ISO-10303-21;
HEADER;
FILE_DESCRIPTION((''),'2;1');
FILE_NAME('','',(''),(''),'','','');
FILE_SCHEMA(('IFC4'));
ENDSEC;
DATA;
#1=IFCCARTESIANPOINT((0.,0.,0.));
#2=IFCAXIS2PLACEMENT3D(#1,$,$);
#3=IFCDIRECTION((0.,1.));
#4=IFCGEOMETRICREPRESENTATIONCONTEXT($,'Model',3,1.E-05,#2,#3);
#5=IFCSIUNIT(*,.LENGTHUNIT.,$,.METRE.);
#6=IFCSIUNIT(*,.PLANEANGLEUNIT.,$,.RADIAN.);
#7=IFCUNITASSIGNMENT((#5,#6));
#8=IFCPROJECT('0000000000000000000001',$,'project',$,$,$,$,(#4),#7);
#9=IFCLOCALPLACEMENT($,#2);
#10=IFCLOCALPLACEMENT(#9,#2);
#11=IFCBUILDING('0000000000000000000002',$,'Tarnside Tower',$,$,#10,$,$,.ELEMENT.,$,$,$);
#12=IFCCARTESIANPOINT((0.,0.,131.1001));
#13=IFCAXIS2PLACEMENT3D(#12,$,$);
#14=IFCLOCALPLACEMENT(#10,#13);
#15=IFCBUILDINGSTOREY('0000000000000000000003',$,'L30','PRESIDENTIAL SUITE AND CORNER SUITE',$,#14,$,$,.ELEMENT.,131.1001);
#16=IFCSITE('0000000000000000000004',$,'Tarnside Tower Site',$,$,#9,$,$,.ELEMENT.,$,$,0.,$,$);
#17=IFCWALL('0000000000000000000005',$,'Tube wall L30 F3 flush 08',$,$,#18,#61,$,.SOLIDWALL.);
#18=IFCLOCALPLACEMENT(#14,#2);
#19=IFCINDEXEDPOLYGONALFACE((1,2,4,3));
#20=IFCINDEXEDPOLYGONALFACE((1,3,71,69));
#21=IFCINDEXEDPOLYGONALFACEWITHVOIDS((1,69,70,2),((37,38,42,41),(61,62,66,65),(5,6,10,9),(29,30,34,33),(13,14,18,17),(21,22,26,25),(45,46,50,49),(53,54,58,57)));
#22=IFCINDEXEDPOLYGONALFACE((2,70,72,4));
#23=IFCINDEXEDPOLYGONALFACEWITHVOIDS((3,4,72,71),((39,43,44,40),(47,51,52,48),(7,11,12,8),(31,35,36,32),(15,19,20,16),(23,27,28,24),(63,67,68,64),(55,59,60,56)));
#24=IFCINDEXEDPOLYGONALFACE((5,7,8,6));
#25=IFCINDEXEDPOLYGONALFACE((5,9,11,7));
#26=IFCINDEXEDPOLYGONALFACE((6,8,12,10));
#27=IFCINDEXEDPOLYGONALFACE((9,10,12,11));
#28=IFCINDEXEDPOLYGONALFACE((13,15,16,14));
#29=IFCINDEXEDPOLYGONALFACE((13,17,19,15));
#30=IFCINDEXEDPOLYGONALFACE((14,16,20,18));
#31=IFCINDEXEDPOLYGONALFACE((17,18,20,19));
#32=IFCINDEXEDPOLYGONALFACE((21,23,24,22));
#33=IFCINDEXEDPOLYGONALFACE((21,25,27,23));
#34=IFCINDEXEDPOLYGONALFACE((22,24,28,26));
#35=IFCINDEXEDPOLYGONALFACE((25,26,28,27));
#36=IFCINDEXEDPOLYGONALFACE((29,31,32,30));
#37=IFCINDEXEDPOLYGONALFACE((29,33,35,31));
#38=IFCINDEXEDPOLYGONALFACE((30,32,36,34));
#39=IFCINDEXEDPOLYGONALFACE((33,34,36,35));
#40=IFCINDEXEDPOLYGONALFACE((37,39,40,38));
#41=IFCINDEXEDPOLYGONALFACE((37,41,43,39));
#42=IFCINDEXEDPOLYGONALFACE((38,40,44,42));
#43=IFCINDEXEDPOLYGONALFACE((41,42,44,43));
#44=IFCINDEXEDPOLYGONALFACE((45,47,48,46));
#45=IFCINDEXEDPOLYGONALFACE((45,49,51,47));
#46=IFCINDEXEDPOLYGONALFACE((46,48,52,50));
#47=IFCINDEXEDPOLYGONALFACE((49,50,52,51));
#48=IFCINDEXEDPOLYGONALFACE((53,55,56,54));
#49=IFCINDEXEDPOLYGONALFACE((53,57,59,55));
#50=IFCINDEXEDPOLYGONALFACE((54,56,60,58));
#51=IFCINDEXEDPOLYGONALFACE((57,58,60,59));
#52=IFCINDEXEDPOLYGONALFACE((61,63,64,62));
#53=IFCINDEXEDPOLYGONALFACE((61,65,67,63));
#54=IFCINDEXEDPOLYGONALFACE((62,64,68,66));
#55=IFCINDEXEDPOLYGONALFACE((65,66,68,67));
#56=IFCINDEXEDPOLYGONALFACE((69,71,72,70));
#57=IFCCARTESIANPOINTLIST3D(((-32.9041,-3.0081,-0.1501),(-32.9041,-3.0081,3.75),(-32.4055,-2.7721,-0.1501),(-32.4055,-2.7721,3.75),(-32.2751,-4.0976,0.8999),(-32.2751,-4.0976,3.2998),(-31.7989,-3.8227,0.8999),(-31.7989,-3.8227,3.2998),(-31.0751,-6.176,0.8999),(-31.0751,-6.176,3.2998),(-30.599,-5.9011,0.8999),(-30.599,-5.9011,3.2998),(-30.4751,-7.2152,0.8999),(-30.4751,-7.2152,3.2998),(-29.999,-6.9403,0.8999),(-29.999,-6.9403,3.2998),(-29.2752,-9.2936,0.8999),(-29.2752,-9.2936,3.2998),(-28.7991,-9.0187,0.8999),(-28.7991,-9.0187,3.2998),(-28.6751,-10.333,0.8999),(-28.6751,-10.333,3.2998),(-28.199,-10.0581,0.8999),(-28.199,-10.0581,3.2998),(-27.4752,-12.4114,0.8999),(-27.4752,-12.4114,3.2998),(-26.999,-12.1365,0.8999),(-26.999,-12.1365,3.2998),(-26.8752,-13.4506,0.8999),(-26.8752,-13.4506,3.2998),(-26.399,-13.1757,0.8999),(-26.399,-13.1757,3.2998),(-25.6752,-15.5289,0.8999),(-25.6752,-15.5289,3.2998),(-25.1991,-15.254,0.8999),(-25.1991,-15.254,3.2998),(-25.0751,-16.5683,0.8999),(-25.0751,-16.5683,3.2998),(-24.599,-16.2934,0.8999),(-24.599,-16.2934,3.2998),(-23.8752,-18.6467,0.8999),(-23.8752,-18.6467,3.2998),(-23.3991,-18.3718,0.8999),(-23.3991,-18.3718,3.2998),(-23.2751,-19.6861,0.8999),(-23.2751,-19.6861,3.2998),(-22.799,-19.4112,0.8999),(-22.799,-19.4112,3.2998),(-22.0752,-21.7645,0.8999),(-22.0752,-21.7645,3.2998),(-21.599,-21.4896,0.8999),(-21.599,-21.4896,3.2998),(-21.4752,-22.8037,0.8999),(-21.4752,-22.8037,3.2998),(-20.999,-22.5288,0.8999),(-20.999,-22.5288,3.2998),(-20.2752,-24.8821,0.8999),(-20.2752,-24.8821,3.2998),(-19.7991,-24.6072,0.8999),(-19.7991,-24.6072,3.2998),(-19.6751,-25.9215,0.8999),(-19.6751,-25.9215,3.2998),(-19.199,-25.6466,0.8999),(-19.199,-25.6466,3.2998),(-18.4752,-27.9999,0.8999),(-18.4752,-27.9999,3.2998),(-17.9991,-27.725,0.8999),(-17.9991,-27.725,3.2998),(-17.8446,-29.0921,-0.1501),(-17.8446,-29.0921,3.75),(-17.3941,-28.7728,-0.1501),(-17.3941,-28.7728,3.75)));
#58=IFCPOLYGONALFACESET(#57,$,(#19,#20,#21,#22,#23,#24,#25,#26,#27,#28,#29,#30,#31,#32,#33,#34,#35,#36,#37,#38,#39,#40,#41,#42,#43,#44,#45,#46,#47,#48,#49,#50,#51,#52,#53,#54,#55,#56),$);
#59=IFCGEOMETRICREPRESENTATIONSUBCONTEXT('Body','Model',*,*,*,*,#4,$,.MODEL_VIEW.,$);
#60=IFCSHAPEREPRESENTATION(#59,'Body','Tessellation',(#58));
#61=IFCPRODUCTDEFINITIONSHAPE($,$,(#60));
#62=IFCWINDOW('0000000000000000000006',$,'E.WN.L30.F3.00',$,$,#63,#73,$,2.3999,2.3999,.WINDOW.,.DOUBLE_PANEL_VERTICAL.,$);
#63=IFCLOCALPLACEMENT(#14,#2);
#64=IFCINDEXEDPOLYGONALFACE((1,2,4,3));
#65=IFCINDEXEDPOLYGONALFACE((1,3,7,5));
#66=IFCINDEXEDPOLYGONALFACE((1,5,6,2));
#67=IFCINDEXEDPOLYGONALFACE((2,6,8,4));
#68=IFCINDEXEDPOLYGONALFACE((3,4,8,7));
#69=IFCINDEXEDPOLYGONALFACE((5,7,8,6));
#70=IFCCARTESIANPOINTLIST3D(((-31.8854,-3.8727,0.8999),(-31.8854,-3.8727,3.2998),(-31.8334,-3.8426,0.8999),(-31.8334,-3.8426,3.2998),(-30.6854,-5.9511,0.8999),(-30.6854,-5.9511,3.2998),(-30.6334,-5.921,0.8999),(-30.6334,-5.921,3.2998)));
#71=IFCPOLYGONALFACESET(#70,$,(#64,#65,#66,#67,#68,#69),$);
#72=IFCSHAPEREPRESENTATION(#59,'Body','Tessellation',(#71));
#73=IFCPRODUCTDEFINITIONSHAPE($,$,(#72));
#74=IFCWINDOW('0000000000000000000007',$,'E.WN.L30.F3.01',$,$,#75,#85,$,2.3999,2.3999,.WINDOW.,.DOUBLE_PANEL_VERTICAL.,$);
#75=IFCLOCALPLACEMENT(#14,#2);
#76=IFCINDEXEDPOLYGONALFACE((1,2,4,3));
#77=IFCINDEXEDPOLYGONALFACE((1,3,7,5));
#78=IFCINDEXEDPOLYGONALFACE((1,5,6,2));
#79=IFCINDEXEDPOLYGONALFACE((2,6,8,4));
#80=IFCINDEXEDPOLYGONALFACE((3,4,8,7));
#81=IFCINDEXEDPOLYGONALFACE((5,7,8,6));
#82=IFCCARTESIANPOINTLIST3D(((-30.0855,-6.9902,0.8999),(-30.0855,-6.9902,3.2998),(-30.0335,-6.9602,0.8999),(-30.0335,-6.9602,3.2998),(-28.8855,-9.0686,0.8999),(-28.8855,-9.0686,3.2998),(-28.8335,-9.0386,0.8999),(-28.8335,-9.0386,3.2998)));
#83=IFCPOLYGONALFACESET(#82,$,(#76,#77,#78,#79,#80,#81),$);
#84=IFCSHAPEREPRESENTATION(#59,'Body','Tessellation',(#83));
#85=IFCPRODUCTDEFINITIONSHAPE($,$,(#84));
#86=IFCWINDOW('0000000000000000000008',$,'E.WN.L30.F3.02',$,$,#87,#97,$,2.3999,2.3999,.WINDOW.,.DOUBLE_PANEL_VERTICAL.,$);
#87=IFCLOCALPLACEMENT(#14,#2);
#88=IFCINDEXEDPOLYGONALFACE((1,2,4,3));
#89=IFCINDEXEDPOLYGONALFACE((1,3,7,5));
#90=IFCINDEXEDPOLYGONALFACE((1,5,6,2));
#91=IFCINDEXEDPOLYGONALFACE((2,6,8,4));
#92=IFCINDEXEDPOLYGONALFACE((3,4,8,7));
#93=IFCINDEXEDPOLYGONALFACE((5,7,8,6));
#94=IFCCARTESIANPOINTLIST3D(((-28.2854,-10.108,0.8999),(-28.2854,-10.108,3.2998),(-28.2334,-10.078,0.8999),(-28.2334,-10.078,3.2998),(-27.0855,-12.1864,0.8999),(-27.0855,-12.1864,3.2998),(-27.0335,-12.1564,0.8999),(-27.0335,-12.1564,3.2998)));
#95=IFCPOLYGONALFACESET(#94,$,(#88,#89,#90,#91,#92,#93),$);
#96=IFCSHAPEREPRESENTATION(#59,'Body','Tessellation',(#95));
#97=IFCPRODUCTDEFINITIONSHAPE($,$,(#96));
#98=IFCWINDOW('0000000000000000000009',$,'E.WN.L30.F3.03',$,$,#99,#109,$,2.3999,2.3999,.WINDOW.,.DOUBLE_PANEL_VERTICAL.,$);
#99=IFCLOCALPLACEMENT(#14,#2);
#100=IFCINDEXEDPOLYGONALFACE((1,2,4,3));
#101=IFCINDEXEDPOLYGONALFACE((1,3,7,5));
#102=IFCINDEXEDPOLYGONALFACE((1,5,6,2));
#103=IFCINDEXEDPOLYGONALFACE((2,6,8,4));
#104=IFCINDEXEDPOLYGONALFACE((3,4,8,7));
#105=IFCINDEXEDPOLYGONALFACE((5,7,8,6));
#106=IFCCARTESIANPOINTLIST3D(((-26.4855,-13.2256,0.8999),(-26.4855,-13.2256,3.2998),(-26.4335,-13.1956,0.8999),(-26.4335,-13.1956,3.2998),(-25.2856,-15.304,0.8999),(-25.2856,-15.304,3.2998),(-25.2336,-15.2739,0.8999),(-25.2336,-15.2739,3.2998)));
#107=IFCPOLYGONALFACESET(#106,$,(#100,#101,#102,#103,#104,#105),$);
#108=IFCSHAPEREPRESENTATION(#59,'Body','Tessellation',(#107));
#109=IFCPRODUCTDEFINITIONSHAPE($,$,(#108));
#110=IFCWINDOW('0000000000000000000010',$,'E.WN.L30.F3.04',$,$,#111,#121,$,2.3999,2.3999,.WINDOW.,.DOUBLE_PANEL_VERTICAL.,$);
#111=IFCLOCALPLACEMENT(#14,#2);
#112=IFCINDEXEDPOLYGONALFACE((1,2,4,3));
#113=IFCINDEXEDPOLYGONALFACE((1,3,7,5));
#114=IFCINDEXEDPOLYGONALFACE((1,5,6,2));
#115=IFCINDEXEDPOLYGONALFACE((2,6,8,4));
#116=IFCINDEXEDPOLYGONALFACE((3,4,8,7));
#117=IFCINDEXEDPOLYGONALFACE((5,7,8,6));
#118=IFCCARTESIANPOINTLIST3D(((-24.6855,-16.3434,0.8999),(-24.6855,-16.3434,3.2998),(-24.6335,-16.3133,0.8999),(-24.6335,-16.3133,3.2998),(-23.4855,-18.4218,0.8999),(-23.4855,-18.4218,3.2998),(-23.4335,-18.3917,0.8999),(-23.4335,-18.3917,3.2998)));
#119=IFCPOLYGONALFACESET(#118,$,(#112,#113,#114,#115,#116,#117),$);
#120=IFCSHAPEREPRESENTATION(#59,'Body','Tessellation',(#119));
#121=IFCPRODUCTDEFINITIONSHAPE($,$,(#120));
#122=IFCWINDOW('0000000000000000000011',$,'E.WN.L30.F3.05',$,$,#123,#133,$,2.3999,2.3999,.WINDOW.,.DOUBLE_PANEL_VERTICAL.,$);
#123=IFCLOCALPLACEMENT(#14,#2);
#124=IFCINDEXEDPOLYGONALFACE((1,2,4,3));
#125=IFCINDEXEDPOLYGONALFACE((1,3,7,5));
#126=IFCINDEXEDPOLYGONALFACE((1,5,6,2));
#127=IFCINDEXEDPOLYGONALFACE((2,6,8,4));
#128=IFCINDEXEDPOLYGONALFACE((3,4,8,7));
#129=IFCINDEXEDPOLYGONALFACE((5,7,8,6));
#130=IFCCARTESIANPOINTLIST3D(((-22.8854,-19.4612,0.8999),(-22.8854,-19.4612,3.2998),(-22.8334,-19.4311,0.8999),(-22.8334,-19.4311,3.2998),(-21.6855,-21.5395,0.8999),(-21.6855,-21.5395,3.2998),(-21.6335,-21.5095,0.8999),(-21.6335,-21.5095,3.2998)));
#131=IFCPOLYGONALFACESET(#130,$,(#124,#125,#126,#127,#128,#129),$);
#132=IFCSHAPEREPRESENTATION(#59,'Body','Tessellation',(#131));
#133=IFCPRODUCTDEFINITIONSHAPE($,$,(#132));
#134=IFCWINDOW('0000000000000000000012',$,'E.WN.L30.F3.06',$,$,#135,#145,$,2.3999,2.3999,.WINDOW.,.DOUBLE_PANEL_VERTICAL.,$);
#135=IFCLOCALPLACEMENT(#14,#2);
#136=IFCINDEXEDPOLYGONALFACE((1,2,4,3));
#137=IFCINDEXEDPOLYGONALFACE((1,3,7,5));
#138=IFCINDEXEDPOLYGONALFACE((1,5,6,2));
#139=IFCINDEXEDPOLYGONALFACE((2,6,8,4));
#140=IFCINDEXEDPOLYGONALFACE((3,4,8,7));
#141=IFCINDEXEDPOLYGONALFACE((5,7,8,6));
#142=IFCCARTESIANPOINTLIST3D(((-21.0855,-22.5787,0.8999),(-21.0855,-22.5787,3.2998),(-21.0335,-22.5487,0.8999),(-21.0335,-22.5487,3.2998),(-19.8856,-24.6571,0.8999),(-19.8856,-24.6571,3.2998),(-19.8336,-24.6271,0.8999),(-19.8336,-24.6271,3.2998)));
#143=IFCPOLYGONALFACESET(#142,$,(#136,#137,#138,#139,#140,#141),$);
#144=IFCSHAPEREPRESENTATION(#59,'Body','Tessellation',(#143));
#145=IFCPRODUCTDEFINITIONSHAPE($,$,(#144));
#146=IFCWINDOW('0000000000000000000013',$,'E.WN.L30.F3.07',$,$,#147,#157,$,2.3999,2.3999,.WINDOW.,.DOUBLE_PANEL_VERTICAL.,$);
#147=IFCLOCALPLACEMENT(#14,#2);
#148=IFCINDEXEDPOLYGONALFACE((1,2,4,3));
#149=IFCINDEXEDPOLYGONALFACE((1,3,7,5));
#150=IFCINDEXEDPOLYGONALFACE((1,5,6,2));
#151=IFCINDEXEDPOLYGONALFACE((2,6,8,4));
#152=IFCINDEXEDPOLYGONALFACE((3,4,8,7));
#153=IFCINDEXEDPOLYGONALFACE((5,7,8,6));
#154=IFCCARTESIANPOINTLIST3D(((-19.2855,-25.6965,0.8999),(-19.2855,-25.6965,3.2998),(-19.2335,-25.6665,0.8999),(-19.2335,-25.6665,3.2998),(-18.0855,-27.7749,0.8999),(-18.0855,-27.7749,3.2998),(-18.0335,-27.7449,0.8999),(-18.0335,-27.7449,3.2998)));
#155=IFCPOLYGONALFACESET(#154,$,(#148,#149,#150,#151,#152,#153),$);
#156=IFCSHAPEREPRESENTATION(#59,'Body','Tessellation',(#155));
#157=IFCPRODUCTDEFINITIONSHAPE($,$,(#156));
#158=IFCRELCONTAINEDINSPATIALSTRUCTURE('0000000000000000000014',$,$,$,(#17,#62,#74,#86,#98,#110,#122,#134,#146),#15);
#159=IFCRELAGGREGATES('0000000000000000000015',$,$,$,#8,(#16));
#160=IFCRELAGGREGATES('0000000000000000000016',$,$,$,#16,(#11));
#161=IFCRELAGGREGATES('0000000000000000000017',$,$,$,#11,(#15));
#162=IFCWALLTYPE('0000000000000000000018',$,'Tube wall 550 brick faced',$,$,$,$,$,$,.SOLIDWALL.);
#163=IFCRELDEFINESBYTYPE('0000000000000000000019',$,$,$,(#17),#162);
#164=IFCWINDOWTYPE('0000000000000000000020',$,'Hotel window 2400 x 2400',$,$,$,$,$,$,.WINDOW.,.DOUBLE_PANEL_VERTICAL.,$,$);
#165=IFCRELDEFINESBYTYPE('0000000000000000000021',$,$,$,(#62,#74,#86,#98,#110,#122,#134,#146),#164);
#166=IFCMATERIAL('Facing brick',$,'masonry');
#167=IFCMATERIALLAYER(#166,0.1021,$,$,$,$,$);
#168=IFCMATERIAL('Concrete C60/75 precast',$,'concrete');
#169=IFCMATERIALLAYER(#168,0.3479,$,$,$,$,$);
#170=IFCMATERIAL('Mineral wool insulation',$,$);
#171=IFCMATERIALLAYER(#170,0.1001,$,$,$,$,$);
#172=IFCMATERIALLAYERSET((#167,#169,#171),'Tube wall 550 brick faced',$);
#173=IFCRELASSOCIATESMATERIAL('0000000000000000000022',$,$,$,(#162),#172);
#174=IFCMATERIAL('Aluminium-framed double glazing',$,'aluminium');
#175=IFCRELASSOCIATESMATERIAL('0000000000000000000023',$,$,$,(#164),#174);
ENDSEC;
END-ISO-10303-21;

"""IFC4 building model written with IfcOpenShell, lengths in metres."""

from ifc_helpers import new_model, si_unit, direction, frame, frame_2d, origin, place, context, subcontext, project, spatial, polyline, rectangle, outline, extrude, material, layer, layer_set, type_object, element, fill, save


model = new_model("IFC4")

# Units and contexts
model_context = context("Model", 3, precision=1e-05, world=origin(), true_north=direction((0.0, 1.0)))
body_context = subcontext(model_context, "Body", "Model", "MODEL_VIEW")
ifc_project = project(units=[si_unit("LENGTHUNIT", "METRE"), si_unit("PLANEANGLEUNIT", "RADIAN")], contexts=[model_context])

# Site, building, storey
site_placement = place(None, origin())
site = spatial("IfcSite", under=ifc_project, at=site_placement, Name="Tarnside Tower Site", CompositionType="ELEMENT", RefElevation=0.0)
building_placement = place(site_placement, origin())
building = spatial("IfcBuilding", under=site, at=building_placement, Name="Tarnside Tower", CompositionType="ELEMENT")
storey_placement = place(building_placement, frame((0.0, 0.0, 131.1001)))
storey = spatial("IfcBuildingStorey", under=building, at=storey_placement, Name="L30", Description="PRESIDENTIAL SUITE AND CORNER SUITE", CompositionType="ELEMENT", Elevation=131.1001)

# Shared definitions
ifc_material_1 = material(Name="Facing brick", Category="masonry")
ifc_layer_1 = layer(ifc_material_1, 0.1021)
ifc_material_2 = material(Name="Concrete C60/75 precast", Category="concrete")
ifc_layer_2 = layer(ifc_material_2, 0.3479)
ifc_material_3 = material(Name="Mineral wool insulation")
ifc_layer_3 = layer(ifc_material_3, 0.1001)
ifc_layer_set_1 = layer_set([ifc_layer_1, ifc_layer_2, ifc_layer_3], Name="Tube wall 550 brick faced")
wall_type_1 = type_object("IfcWallType", Name="Tube wall 550 brick faced", PredefinedType="SOLIDWALL", material=ifc_layer_set_1)

# Wall, openings, windows
wall_1_placement = place(storey_placement, frame((-32.6548, -2.8901, -0.1501), z_axis=(0.0, 0.0, 1.0), x_axis=(0.499998, -0.866027, 0.0)))
wall_1 = element("IfcWall", 1, at=wall_1_placement, inside=storey, type_object=wall_type_1, Name="Tube wall L30 F3 flush 08", PredefinedType="SOLIDWALL", context=body_context, shape_type="SweptSolid", body=[
    extrude(outline(polyline([(-0.0225, -0.2749), (30.0967, -0.2749), (30.0454, 0.2749), (0.0225, 0.2749), (-0.0225, -0.2749)])), origin(), (0.0, 0.0, 1.0), 3.9001),
])
opening_1_placement = place(wall_1_placement, frame((1.2356, 0.0, 1.05)))
opening_1 = element("IfcOpeningElement", 2, at=opening_1_placement, cuts=wall_1, PredefinedType="OPENING", context=body_context, shape_type="SweptSolid", body=[
    extrude(rectangle(XDim=2.3999, YDim=2.3999, at=frame_2d((1.2, 1.2))), frame((0.0, 0.2852, 0.0), z_axis=(0.0, -1.0, 0.0), x_axis=(1.0, 0.0, 0.0)), (0.0, 0.0, 1.0), 0.5701),
])
opening_2_placement = place(wall_1_placement, frame((4.8354, 0.0, 1.05)))
opening_2 = element("IfcOpeningElement", 3, at=opening_2_placement, cuts=wall_1, PredefinedType="OPENING", context=body_context, shape_type="SweptSolid", body=[
    extrude(rectangle(XDim=2.3999, YDim=2.3999, at=frame_2d((1.2, 1.2))), frame((0.0, 0.2852, 0.0), z_axis=(0.0, -1.0, 0.0), x_axis=(1.0, 0.0, 0.0)), (0.0, 0.0, 1.0), 0.5701),
])
opening_3_placement = place(wall_1_placement, frame((8.4355, 0.0, 1.05)))
opening_3 = element("IfcOpeningElement", 4, at=opening_3_placement, cuts=wall_1, PredefinedType="OPENING", context=body_context, shape_type="SweptSolid", body=[
    extrude(rectangle(XDim=2.3999, YDim=2.3999, at=frame_2d((1.2, 1.2))), frame((0.0, 0.2852, 0.0), z_axis=(0.0, -1.0, 0.0), x_axis=(1.0, 0.0, 0.0)), (0.0, 0.0, 1.0), 0.5701),
])
opening_4_placement = place(wall_1_placement, frame((12.0354, 0.0, 1.05)))
opening_4 = element("IfcOpeningElement", 5, at=opening_4_placement, cuts=wall_1, PredefinedType="OPENING", context=body_context, shape_type="SweptSolid", body=[
    extrude(rectangle(XDim=2.3999, YDim=2.3999, at=frame_2d((1.2, 1.2))), frame((0.0, 0.2852, 0.0), z_axis=(0.0, -1.0, 0.0), x_axis=(1.0, 0.0, 0.0)), (0.0, 0.0, 1.0), 0.5701),
])
opening_5_placement = place(wall_1_placement, frame((15.6355, 0.0, 1.05)))
opening_5 = element("IfcOpeningElement", 6, at=opening_5_placement, cuts=wall_1, PredefinedType="OPENING", context=body_context, shape_type="SweptSolid", body=[
    extrude(rectangle(XDim=2.3999, YDim=2.3999, at=frame_2d((1.2, 1.2))), frame((0.0, 0.2852, 0.0), z_axis=(0.0, -1.0, 0.0), x_axis=(1.0, 0.0, 0.0)), (0.0, 0.0, 1.0), 0.5701),
])
opening_6_placement = place(wall_1_placement, frame((19.2356, 0.0, 1.05)))
opening_6 = element("IfcOpeningElement", 7, at=opening_6_placement, cuts=wall_1, PredefinedType="OPENING", context=body_context, shape_type="SweptSolid", body=[
    extrude(rectangle(XDim=2.3999, YDim=2.3999, at=frame_2d((1.2, 1.2))), frame((0.0, 0.2852, 0.0), z_axis=(0.0, -1.0, 0.0), x_axis=(1.0, 0.0, 0.0)), (0.0, 0.0, 1.0), 0.5701),
])
opening_7_placement = place(wall_1_placement, frame((22.8354, 0.0, 1.05)))
opening_7 = element("IfcOpeningElement", 8, at=opening_7_placement, cuts=wall_1, PredefinedType="OPENING", context=body_context, shape_type="SweptSolid", body=[
    extrude(rectangle(XDim=2.3999, YDim=2.3999, at=frame_2d((1.2, 1.2))), frame((0.0, 0.2852, 0.0), z_axis=(0.0, -1.0, 0.0), x_axis=(1.0, 0.0, 0.0)), (0.0, 0.0, 1.0), 0.5701),
])
opening_8_placement = place(wall_1_placement, frame((26.4355, 0.0, 1.05)))
opening_8 = element("IfcOpeningElement", 9, at=opening_8_placement, cuts=wall_1, PredefinedType="OPENING", context=body_context, shape_type="SweptSolid", body=[
    extrude(rectangle(XDim=2.3999, YDim=2.3999, at=frame_2d((1.2, 1.2))), frame((0.0, 0.2852, 0.0), z_axis=(0.0, -1.0, 0.0), x_axis=(1.0, 0.0, 0.0)), (0.0, 0.0, 1.0), 0.5701),
])
ifc_material_4 = material(Name="Aluminium-framed double glazing", Category="aluminium")
window_type = type_object("IfcWindowType", Name="Hotel window 2400 x 2400", PartitioningType="DOUBLE_PANEL_VERTICAL", PredefinedType="WINDOW", material=ifc_material_4)
window_1_placement = place(opening_1_placement, frame((0.0, 0.2051, 0.0)))
window_1 = element("IfcWindow", 10, at=window_1_placement, inside=storey, type_object=window_type, Name="E.WN.L30.F3.00", OverallHeight=2.3999, OverallWidth=2.3999, PartitioningType="DOUBLE_PANEL_VERTICAL", PredefinedType="WINDOW", context=body_context, shape_type="SweptSolid", body=[
    extrude(rectangle(XDim=2.3999, YDim=2.3999, at=frame_2d((1.2, 1.2))), frame((0.0, 0.03, 0.0), z_axis=(0.0, -1.0, 0.0), x_axis=(1.0, 0.0, 0.0)), (0.0, 0.0, 1.0), 0.0601),
])
fill(opening_1, window_1)
window_2_placement = place(opening_2_placement, frame((0.0, 0.2051, 0.0)))
window_2 = element("IfcWindow", 11, at=window_2_placement, inside=storey, type_object=window_type, Name="E.WN.L30.F3.01", OverallHeight=2.3999, OverallWidth=2.3999, PartitioningType="DOUBLE_PANEL_VERTICAL", PredefinedType="WINDOW", context=body_context, shape_type="SweptSolid", body=[
    extrude(rectangle(XDim=2.3999, YDim=2.3999, at=frame_2d((1.2, 1.2))), frame((0.0, 0.03, 0.0), z_axis=(0.0, -1.0, 0.0), x_axis=(1.0, 0.0, 0.0)), (0.0, 0.0, 1.0), 0.0601),
])
fill(opening_2, window_2)
window_3_placement = place(opening_3_placement, frame((0.0, 0.2051, 0.0)))
window_3 = element("IfcWindow", 12, at=window_3_placement, inside=storey, type_object=window_type, Name="E.WN.L30.F3.02", OverallHeight=2.3999, OverallWidth=2.3999, PartitioningType="DOUBLE_PANEL_VERTICAL", PredefinedType="WINDOW", context=body_context, shape_type="SweptSolid", body=[
    extrude(rectangle(XDim=2.3999, YDim=2.3999, at=frame_2d((1.2, 1.2))), frame((0.0, 0.03, 0.0), z_axis=(0.0, -1.0, 0.0), x_axis=(1.0, 0.0, 0.0)), (0.0, 0.0, 1.0), 0.0601),
])
fill(opening_3, window_3)
window_4_placement = place(opening_4_placement, frame((0.0, 0.2051, 0.0)))
window_4 = element("IfcWindow", 13, at=window_4_placement, inside=storey, type_object=window_type, Name="E.WN.L30.F3.03", OverallHeight=2.3999, OverallWidth=2.3999, PartitioningType="DOUBLE_PANEL_VERTICAL", PredefinedType="WINDOW", context=body_context, shape_type="SweptSolid", body=[
    extrude(rectangle(XDim=2.3999, YDim=2.3999, at=frame_2d((1.2, 1.2))), frame((0.0, 0.03, 0.0), z_axis=(0.0, -1.0, 0.0), x_axis=(1.0, 0.0, 0.0)), (0.0, 0.0, 1.0), 0.0601),
])
fill(opening_4, window_4)
window_5_placement = place(opening_5_placement, frame((0.0, 0.2051, 0.0)))
window_5 = element("IfcWindow", 14, at=window_5_placement, inside=storey, type_object=window_type, Name="E.WN.L30.F3.04", OverallHeight=2.3999, OverallWidth=2.3999, PartitioningType="DOUBLE_PANEL_VERTICAL", PredefinedType="WINDOW", context=body_context, shape_type="SweptSolid", body=[
    extrude(rectangle(XDim=2.3999, YDim=2.3999, at=frame_2d((1.2, 1.2))), frame((0.0, 0.03, 0.0), z_axis=(0.0, -1.0, 0.0), x_axis=(1.0, 0.0, 0.0)), (0.0, 0.0, 1.0), 0.0601),
])
fill(opening_5, window_5)
window_6_placement = place(opening_6_placement, frame((0.0, 0.2051, 0.0)))
window_6 = element("IfcWindow", 15, at=window_6_placement, inside=storey, type_object=window_type, Name="E.WN.L30.F3.05", OverallHeight=2.3999, OverallWidth=2.3999, PartitioningType="DOUBLE_PANEL_VERTICAL", PredefinedType="WINDOW", context=body_context, shape_type="SweptSolid", body=[
    extrude(rectangle(XDim=2.3999, YDim=2.3999, at=frame_2d((1.2, 1.2))), frame((0.0, 0.03, 0.0), z_axis=(0.0, -1.0, 0.0), x_axis=(1.0, 0.0, 0.0)), (0.0, 0.0, 1.0), 0.0601),
])
fill(opening_6, window_6)
window_7_placement = place(opening_7_placement, frame((0.0, 0.2051, 0.0)))
window_7 = element("IfcWindow", 16, at=window_7_placement, inside=storey, type_object=window_type, Name="E.WN.L30.F3.06", OverallHeight=2.3999, OverallWidth=2.3999, PartitioningType="DOUBLE_PANEL_VERTICAL", PredefinedType="WINDOW", context=body_context, shape_type="SweptSolid", body=[
    extrude(rectangle(XDim=2.3999, YDim=2.3999, at=frame_2d((1.2, 1.2))), frame((0.0, 0.03, 0.0), z_axis=(0.0, -1.0, 0.0), x_axis=(1.0, 0.0, 0.0)), (0.0, 0.0, 1.0), 0.0601),
])
fill(opening_7, window_7)
window_8_placement = place(opening_8_placement, frame((0.0, 0.2051, 0.0)))
window_8 = element("IfcWindow", 17, at=window_8_placement, inside=storey, type_object=window_type, Name="E.WN.L30.F3.07", OverallHeight=2.3999, OverallWidth=2.3999, PartitioningType="DOUBLE_PANEL_VERTICAL", PredefinedType="WINDOW", context=body_context, shape_type="SweptSolid", body=[
    extrude(rectangle(XDim=2.3999, YDim=2.3999, at=frame_2d((1.2, 1.2))), frame((0.0, 0.03, 0.0), z_axis=(0.0, -1.0, 0.0), x_axis=(1.0, 0.0, 0.0)), (0.0, 0.0, 1.0), 0.0601),
])
fill(opening_8, window_8)

save(model, "model.ifc")
